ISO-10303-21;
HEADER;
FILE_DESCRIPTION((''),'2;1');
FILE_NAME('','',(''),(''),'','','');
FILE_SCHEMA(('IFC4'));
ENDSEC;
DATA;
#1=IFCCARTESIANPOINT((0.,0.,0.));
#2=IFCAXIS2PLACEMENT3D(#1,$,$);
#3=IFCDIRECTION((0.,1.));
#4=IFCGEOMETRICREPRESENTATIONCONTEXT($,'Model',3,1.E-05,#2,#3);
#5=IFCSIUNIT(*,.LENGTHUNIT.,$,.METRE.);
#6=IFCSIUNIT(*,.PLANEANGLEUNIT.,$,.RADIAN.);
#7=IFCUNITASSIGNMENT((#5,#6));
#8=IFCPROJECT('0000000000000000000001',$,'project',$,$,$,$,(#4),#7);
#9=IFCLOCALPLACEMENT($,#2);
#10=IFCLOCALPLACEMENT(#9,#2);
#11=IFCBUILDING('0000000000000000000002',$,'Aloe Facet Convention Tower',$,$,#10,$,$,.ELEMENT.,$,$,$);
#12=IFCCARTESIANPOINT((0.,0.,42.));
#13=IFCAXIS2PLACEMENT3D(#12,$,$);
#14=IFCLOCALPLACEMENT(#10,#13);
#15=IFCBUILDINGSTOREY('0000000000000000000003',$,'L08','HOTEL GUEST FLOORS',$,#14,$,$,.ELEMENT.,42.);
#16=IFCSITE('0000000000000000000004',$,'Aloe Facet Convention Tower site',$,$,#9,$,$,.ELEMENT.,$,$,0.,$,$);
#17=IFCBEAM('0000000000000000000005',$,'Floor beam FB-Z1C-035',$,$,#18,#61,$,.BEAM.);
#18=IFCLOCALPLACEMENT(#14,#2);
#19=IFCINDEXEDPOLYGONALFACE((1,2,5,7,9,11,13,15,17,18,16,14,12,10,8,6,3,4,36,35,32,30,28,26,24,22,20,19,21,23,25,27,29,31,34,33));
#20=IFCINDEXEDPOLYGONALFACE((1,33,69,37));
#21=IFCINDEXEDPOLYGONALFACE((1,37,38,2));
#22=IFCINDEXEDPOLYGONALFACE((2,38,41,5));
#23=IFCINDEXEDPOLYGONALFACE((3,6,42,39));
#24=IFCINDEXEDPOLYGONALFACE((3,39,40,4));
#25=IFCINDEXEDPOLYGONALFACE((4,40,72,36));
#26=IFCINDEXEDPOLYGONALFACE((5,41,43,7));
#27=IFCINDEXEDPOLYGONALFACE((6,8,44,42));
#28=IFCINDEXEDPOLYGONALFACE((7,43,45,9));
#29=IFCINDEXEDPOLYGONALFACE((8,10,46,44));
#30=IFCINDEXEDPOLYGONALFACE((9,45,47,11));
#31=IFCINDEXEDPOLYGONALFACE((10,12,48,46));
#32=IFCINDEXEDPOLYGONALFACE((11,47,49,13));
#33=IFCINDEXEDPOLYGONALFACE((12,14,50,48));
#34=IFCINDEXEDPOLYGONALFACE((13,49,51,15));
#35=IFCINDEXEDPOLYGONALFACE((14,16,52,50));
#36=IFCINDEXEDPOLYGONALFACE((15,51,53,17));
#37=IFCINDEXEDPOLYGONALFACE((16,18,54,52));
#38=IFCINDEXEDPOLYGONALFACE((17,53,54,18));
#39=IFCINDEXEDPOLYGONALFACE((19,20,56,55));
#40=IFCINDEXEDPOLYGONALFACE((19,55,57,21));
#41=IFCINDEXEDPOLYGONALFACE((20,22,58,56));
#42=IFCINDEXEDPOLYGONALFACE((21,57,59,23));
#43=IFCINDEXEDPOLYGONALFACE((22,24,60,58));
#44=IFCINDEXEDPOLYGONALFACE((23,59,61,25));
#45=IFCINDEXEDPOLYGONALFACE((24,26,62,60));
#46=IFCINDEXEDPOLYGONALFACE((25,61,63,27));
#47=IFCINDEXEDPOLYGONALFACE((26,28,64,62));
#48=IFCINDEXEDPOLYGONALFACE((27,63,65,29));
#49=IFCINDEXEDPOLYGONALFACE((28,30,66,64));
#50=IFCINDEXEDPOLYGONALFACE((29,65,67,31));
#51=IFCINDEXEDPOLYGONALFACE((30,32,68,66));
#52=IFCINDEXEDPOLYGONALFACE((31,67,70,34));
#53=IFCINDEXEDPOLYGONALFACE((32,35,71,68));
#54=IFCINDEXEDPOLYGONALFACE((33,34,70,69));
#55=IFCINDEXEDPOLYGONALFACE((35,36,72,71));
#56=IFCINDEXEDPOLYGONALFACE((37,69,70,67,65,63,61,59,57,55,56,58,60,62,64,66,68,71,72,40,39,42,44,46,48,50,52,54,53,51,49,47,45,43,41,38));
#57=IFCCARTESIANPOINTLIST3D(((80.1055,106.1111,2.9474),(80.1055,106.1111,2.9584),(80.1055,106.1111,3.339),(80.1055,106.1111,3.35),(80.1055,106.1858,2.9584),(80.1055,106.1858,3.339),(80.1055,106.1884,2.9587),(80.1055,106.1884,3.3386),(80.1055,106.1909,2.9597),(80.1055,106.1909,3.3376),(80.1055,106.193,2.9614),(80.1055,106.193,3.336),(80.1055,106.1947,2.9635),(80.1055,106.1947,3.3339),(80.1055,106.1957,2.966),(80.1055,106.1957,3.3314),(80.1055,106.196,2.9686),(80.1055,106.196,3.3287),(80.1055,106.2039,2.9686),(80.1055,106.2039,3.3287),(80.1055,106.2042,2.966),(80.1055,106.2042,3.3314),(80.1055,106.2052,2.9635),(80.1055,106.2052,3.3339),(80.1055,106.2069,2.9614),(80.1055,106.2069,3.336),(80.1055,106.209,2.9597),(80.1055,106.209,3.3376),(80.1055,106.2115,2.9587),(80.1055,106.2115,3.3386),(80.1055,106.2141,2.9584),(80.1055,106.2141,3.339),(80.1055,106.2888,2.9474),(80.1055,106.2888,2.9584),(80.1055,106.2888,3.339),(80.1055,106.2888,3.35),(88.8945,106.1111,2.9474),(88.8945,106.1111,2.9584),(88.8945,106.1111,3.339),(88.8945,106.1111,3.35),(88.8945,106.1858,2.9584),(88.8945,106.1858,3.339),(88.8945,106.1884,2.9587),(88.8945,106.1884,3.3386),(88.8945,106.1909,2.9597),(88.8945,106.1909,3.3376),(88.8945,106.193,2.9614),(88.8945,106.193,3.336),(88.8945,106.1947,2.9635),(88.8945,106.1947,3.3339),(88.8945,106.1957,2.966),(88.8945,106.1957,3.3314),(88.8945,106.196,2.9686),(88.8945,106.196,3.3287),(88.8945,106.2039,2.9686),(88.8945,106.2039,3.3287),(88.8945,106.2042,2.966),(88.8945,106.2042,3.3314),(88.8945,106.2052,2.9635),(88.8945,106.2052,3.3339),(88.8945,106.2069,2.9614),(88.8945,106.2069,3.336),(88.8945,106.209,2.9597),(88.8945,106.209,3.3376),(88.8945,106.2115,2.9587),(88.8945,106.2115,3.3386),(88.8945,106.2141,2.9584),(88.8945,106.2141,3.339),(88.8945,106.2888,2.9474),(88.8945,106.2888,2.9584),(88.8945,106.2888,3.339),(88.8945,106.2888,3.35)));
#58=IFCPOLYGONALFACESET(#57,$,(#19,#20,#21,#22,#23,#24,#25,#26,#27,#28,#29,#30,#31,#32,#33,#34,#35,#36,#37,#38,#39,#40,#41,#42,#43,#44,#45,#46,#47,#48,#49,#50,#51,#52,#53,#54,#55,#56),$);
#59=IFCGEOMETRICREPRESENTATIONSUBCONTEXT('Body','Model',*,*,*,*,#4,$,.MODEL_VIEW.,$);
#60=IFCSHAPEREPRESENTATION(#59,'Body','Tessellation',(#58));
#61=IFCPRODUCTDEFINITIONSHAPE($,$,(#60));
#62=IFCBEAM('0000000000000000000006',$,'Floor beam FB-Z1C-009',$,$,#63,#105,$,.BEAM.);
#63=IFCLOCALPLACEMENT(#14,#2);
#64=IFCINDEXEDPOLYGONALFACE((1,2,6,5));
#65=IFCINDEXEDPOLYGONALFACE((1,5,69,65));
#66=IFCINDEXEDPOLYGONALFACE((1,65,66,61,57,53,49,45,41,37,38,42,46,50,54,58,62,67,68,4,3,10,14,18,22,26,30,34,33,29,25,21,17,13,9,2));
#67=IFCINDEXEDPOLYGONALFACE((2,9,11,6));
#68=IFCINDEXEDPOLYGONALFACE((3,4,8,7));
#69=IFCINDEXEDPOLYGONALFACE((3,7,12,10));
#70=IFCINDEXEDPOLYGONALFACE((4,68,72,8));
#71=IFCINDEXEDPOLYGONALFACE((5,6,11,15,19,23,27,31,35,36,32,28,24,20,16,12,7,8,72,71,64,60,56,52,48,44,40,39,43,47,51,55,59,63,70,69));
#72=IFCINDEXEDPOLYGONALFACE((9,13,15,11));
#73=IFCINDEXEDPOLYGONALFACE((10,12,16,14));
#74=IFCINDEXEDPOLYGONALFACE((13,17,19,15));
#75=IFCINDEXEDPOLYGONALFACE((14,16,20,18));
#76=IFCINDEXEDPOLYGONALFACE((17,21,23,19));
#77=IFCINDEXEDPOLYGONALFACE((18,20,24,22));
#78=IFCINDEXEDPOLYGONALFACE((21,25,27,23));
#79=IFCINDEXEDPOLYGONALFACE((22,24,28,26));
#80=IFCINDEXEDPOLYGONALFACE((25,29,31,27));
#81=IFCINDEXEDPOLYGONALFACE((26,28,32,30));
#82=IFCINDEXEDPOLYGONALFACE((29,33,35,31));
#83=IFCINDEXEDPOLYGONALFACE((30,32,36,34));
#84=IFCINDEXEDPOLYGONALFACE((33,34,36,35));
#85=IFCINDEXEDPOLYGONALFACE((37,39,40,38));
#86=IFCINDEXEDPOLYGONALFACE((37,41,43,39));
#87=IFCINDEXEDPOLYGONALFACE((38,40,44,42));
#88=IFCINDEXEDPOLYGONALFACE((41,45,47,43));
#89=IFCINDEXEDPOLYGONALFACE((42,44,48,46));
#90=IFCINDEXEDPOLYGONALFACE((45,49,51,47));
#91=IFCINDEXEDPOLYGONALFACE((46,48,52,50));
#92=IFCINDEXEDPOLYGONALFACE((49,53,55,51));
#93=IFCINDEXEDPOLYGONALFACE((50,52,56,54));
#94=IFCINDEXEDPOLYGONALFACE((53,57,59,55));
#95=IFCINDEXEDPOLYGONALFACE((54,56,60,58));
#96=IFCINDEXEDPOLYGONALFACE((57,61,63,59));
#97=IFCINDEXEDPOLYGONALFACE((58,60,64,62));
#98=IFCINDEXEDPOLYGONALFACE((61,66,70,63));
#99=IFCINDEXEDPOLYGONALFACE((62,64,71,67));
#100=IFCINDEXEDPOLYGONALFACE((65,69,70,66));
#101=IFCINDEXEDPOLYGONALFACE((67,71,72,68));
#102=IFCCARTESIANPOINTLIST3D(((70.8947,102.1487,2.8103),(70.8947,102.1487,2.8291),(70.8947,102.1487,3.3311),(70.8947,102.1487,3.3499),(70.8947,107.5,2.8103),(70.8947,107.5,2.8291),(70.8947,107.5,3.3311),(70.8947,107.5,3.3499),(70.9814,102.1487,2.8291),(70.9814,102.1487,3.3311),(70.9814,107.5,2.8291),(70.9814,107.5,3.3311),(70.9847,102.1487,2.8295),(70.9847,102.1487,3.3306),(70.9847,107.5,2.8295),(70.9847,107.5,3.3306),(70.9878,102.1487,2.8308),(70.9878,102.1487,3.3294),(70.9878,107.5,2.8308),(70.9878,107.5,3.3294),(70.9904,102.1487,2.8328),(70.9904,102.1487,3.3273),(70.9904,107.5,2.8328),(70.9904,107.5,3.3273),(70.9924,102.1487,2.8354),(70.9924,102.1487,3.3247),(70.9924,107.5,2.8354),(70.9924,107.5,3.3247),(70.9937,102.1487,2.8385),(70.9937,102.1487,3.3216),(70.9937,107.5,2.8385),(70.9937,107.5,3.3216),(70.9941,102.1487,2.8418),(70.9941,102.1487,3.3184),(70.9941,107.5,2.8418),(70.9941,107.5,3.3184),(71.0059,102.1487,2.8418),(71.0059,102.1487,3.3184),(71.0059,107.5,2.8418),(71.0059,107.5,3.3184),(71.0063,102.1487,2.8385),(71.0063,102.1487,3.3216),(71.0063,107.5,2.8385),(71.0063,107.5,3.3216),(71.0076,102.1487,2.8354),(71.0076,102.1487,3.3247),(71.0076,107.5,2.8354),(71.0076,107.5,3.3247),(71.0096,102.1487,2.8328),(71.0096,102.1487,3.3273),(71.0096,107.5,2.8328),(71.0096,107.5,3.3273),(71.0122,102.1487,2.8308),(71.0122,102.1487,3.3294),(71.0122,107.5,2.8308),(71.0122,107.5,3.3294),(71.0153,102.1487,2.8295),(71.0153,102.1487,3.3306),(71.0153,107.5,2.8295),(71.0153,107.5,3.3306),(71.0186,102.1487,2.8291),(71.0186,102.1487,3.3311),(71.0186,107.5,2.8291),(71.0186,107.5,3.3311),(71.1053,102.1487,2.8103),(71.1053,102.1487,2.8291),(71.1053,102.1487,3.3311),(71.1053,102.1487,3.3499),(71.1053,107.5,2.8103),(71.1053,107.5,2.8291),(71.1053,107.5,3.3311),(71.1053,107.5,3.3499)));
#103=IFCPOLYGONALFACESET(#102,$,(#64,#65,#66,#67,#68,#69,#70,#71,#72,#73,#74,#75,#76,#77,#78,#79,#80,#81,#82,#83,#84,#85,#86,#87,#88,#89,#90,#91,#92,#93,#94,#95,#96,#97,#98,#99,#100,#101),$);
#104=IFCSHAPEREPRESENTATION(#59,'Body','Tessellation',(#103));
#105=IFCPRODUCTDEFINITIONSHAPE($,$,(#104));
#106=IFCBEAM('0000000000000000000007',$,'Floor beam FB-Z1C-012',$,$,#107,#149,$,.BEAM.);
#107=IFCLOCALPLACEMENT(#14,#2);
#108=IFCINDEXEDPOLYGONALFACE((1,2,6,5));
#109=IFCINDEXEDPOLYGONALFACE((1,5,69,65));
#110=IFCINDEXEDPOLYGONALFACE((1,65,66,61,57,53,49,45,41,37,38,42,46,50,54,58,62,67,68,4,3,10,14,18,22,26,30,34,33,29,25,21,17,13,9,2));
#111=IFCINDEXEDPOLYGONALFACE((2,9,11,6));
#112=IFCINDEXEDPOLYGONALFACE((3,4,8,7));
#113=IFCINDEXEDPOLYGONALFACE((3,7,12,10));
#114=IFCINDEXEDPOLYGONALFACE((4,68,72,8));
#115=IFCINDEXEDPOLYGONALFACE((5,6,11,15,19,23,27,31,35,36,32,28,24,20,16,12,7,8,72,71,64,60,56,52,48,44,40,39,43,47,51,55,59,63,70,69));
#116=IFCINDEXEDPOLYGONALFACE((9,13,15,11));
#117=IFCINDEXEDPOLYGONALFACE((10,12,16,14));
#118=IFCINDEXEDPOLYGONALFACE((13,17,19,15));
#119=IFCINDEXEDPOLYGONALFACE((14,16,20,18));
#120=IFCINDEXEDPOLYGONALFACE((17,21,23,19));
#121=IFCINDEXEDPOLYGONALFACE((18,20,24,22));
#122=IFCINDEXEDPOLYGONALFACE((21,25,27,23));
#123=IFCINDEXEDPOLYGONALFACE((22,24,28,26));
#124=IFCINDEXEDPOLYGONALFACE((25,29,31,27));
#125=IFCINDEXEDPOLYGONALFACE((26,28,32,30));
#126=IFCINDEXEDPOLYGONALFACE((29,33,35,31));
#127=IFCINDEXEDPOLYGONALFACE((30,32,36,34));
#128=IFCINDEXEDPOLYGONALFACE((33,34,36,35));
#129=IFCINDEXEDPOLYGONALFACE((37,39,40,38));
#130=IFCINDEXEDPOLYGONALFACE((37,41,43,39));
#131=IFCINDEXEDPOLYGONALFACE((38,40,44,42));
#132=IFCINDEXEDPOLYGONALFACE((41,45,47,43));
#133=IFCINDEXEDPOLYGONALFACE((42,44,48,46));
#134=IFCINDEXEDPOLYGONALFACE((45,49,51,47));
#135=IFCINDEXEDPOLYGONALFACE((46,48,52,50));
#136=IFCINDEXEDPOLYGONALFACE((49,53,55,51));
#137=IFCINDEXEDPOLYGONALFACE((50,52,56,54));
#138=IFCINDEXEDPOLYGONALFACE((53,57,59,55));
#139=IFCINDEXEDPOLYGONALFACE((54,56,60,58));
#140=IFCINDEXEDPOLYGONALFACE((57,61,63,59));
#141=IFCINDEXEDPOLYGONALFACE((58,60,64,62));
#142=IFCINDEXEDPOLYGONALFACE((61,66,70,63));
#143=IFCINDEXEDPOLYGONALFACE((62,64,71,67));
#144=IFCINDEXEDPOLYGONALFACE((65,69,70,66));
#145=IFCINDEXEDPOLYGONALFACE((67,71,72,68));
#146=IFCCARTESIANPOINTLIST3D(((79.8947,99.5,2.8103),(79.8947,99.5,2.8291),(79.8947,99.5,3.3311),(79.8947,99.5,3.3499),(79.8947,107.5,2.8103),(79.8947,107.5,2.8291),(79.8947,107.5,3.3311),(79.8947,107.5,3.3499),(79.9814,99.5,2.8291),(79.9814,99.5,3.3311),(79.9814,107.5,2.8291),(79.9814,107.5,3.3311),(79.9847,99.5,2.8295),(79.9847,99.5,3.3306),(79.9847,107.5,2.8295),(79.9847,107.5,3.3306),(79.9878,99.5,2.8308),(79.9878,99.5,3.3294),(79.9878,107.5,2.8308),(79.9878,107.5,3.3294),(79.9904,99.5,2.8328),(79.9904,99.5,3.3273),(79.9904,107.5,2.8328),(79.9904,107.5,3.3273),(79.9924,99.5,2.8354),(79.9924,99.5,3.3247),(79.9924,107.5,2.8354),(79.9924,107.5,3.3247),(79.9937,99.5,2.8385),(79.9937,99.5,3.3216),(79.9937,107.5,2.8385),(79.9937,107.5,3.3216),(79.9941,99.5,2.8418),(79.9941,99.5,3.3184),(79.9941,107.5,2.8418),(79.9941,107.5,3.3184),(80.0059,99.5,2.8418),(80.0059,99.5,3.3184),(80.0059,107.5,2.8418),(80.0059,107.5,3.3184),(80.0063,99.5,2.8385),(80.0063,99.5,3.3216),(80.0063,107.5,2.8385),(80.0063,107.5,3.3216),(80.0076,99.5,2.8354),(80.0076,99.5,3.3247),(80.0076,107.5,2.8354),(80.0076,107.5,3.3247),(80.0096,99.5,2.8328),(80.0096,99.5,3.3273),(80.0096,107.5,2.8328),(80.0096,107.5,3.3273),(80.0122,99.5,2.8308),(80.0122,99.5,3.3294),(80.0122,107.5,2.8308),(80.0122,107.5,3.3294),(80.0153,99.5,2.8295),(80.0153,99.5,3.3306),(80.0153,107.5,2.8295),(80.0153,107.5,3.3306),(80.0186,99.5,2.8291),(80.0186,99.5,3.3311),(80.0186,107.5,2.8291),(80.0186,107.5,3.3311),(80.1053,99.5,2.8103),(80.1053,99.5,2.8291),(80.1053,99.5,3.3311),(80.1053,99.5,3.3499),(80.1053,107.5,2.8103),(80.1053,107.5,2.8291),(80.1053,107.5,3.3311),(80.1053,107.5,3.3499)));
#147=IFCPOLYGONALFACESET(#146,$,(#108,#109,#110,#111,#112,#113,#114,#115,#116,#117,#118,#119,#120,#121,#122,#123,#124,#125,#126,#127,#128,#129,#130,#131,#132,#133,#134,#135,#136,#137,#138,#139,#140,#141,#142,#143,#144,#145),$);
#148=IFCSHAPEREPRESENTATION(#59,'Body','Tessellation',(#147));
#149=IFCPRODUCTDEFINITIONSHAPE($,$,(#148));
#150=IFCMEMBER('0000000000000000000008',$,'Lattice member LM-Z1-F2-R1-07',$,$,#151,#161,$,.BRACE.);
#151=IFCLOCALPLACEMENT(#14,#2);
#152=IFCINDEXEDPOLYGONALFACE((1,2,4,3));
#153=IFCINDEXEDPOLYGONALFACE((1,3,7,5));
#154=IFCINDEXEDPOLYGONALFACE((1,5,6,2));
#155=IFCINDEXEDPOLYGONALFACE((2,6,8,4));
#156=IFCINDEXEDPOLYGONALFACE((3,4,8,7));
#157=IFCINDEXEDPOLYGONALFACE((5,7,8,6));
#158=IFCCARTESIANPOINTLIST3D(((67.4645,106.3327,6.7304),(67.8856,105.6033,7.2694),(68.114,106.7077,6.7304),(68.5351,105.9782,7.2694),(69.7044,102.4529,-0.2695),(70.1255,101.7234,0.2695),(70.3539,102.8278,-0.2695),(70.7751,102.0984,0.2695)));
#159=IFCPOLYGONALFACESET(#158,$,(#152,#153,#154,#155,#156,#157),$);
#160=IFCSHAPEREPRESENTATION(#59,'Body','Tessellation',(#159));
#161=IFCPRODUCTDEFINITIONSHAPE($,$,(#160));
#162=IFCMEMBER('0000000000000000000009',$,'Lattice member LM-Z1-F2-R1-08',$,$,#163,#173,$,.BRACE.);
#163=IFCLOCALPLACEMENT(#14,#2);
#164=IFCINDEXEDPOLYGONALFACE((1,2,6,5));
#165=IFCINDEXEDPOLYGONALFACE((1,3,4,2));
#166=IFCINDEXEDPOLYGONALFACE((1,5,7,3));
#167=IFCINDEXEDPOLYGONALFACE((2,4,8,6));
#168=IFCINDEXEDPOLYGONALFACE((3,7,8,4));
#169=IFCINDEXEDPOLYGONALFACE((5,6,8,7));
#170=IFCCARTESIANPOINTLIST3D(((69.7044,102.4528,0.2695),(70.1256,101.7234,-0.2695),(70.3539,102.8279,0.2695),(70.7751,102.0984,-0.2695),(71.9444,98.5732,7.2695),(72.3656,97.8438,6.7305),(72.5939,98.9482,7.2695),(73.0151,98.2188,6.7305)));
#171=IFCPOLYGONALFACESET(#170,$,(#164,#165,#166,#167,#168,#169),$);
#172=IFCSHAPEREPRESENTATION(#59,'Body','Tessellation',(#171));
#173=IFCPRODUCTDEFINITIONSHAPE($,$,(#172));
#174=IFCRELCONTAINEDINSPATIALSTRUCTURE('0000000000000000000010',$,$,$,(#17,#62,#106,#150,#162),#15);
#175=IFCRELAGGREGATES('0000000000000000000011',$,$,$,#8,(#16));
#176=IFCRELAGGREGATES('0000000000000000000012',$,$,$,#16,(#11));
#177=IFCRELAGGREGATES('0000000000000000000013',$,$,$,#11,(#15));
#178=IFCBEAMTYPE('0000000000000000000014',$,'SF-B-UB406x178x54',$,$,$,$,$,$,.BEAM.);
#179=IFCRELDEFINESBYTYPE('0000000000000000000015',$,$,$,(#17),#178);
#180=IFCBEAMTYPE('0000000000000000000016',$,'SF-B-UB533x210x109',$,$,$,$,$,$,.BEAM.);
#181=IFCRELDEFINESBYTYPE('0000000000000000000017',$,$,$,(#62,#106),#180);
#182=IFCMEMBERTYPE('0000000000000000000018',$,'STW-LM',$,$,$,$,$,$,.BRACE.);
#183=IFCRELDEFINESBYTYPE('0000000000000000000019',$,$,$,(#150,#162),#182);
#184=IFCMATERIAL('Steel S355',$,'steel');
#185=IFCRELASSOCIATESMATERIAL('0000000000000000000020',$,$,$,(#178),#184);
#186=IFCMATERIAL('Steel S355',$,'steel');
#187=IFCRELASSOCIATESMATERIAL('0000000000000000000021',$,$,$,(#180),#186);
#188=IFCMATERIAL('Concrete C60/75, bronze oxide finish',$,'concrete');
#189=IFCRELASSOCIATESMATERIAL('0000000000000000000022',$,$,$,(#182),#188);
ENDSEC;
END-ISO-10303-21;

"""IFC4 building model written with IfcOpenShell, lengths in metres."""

from ifc_helpers import new_model, si_unit, direction, frame, origin, origin_2d, place, context, subcontext, project, spatial, rectangle, i_section, extrude, material, material_profile, profile_set, type_object, element, save


model = new_model("IFC4")

# Units and contexts
model_context = context("Model", 3, precision=1e-05, world=origin(), true_north=direction((0.0, 1.0)))
body_context = subcontext(model_context, "Body", "Model", "MODEL_VIEW")
ifc_project = project(units=[si_unit("LENGTHUNIT", "METRE"), si_unit("PLANEANGLEUNIT", "RADIAN")], contexts=[model_context])

# Site, building, storey
site_placement = place(None, origin())
site = spatial("IfcSite", under=ifc_project, at=site_placement, Name="Aloe Facet Convention Tower site", CompositionType="ELEMENT", RefElevation=0.0)
building_placement = place(site_placement, origin())
building = spatial("IfcBuilding", under=site, at=building_placement, Name="Aloe Facet Convention Tower", CompositionType="ELEMENT")
storey_placement = place(building_placement, frame((0.0, 0.0, 42.0)))
storey = spatial("IfcBuildingStorey", under=building, at=storey_placement, Name="L08", Description="HOTEL GUEST FLOORS", CompositionType="ELEMENT", Elevation=42.0)

# Beams
ifc_material_1 = material(Name="Steel S355", Category="steel")
ifc_material_profile_1 = material_profile(ifc_material_1, i_section(OverallWidth=0.1777, OverallDepth=0.4026, WebThickness=0.0078, FlangeThickness=0.011, FilletRadius=0.0103, at=origin_2d()), Name="UB 406x178x54")
ifc_profile_set_1 = profile_set([ifc_material_profile_1], Name="Steel S355")
beam_type_1 = type_object("IfcBeamType", Name="SF-B-UB406x178x54", PredefinedType="BEAM", material=ifc_profile_set_1)
for number, where, z_axis, x_axis, name in (
    (1, (80.1055, 106.2, 3.1487), (1.0, 0.0, 0.0), (0.0, 1.0, 0.0), "Floor beam FB-Z1C-035"),
):
    element("IfcBeam", number, at=place(storey_placement, frame(where, z_axis=z_axis, x_axis=x_axis)), inside=storey, type_object=beam_type_1, Name=name, PredefinedType="BEAM", context=body_context, shape_type="SweptSolid", body=[
        extrude(i_section(OverallWidth=0.1777, OverallDepth=0.4026, WebThickness=0.0078, FlangeThickness=0.011, FilletRadius=0.0103, at=origin_2d()), origin(), (0.0, 0.0, 1.0), 8.7891),
    ])
ifc_material_2 = material(Name="Steel S355", Category="steel")
ifc_material_profile_2 = material_profile(ifc_material_2, i_section(OverallWidth=0.2107, OverallDepth=0.5396, WebThickness=0.0117, FlangeThickness=0.0188, FilletRadius=0.0127, at=origin_2d()), Name="UB 533x210x109")
ifc_profile_set_2 = profile_set([ifc_material_profile_2], Name="Steel S355")
beam_type_2 = type_object("IfcBeamType", Name="SF-B-UB533x210x109", PredefinedType="BEAM", material=ifc_profile_set_2)
beam_1_placement = place(storey_placement, frame((71.0, 107.5, 3.0801), z_axis=(0.0, -1.0, 0.0), x_axis=(1.0, 0.0, 0.0)))
element("IfcBeam", 2, at=beam_1_placement, inside=storey, type_object=beam_type_2, Name="Floor beam FB-Z1C-009", PredefinedType="BEAM", context=body_context, shape_type="SweptSolid", body=[
    extrude(i_section(OverallWidth=0.2107, OverallDepth=0.5396, WebThickness=0.0117, FlangeThickness=0.0188, FilletRadius=0.0127, at=origin_2d()), origin(), (0.0, 0.0, 1.0), 5.3513),
])
beam_2_placement = place(storey_placement, frame((80.0, 107.5, 3.0801), z_axis=(0.0, -1.0, 0.0), x_axis=(1.0, 0.0, 0.0)))
element("IfcBeam", 3, at=beam_2_placement, inside=storey, type_object=beam_type_2, Name="Floor beam FB-Z1C-012", PredefinedType="BEAM", context=body_context, shape_type="SweptSolid", body=[
    extrude(i_section(OverallWidth=0.2107, OverallDepth=0.5396, WebThickness=0.0117, FlangeThickness=0.0188, FilletRadius=0.0127, at=origin_2d()), origin(), (0.0, 0.0, 1.0), 8.0),
])

# Members
ifc_material_3 = material(Name="Concrete C60/75, bronze oxide finish", Category="concrete")
ifc_material_profile_3 = material_profile(ifc_material_3, rectangle(XDim=0.75, YDim=1.0, at=origin_2d()), Name="STW-LM")
ifc_profile_set_3 = profile_set([ifc_material_profile_3], Name="Concrete C60/75, bronze oxide finish")
member_type = type_object("IfcMemberType", Name="STW-LM", PredefinedType="BRACE", material=ifc_profile_set_3)
for number, where, z_axis, x_axis, name in (
    (4, (70.2397, 102.2756, 0.0), (-0.269524, 0.466843, 0.842267), (-0.866031, -0.49999, 0.0), "Lattice member LM-Z1-F2-R1-07"),
    (5, (70.2397, 102.2756, 0.0), (0.269528, -0.46682, 0.842279), (0.866018, 0.500013, 0.0), "Lattice member LM-Z1-F2-R1-08"),
):
    element("IfcMember", number, at=place(storey_placement, frame(where, z_axis=z_axis, x_axis=x_axis)), inside=storey, type_object=member_type, Name=name, PredefinedType="BRACE", context=body_context, shape_type="SweptSolid", body=[
        extrude(rectangle(XDim=0.75, YDim=1.0, at=origin_2d()), origin(), (0.0, 0.0, 1.0), 8.3108),
    ])

save(model, "model.ifc")
